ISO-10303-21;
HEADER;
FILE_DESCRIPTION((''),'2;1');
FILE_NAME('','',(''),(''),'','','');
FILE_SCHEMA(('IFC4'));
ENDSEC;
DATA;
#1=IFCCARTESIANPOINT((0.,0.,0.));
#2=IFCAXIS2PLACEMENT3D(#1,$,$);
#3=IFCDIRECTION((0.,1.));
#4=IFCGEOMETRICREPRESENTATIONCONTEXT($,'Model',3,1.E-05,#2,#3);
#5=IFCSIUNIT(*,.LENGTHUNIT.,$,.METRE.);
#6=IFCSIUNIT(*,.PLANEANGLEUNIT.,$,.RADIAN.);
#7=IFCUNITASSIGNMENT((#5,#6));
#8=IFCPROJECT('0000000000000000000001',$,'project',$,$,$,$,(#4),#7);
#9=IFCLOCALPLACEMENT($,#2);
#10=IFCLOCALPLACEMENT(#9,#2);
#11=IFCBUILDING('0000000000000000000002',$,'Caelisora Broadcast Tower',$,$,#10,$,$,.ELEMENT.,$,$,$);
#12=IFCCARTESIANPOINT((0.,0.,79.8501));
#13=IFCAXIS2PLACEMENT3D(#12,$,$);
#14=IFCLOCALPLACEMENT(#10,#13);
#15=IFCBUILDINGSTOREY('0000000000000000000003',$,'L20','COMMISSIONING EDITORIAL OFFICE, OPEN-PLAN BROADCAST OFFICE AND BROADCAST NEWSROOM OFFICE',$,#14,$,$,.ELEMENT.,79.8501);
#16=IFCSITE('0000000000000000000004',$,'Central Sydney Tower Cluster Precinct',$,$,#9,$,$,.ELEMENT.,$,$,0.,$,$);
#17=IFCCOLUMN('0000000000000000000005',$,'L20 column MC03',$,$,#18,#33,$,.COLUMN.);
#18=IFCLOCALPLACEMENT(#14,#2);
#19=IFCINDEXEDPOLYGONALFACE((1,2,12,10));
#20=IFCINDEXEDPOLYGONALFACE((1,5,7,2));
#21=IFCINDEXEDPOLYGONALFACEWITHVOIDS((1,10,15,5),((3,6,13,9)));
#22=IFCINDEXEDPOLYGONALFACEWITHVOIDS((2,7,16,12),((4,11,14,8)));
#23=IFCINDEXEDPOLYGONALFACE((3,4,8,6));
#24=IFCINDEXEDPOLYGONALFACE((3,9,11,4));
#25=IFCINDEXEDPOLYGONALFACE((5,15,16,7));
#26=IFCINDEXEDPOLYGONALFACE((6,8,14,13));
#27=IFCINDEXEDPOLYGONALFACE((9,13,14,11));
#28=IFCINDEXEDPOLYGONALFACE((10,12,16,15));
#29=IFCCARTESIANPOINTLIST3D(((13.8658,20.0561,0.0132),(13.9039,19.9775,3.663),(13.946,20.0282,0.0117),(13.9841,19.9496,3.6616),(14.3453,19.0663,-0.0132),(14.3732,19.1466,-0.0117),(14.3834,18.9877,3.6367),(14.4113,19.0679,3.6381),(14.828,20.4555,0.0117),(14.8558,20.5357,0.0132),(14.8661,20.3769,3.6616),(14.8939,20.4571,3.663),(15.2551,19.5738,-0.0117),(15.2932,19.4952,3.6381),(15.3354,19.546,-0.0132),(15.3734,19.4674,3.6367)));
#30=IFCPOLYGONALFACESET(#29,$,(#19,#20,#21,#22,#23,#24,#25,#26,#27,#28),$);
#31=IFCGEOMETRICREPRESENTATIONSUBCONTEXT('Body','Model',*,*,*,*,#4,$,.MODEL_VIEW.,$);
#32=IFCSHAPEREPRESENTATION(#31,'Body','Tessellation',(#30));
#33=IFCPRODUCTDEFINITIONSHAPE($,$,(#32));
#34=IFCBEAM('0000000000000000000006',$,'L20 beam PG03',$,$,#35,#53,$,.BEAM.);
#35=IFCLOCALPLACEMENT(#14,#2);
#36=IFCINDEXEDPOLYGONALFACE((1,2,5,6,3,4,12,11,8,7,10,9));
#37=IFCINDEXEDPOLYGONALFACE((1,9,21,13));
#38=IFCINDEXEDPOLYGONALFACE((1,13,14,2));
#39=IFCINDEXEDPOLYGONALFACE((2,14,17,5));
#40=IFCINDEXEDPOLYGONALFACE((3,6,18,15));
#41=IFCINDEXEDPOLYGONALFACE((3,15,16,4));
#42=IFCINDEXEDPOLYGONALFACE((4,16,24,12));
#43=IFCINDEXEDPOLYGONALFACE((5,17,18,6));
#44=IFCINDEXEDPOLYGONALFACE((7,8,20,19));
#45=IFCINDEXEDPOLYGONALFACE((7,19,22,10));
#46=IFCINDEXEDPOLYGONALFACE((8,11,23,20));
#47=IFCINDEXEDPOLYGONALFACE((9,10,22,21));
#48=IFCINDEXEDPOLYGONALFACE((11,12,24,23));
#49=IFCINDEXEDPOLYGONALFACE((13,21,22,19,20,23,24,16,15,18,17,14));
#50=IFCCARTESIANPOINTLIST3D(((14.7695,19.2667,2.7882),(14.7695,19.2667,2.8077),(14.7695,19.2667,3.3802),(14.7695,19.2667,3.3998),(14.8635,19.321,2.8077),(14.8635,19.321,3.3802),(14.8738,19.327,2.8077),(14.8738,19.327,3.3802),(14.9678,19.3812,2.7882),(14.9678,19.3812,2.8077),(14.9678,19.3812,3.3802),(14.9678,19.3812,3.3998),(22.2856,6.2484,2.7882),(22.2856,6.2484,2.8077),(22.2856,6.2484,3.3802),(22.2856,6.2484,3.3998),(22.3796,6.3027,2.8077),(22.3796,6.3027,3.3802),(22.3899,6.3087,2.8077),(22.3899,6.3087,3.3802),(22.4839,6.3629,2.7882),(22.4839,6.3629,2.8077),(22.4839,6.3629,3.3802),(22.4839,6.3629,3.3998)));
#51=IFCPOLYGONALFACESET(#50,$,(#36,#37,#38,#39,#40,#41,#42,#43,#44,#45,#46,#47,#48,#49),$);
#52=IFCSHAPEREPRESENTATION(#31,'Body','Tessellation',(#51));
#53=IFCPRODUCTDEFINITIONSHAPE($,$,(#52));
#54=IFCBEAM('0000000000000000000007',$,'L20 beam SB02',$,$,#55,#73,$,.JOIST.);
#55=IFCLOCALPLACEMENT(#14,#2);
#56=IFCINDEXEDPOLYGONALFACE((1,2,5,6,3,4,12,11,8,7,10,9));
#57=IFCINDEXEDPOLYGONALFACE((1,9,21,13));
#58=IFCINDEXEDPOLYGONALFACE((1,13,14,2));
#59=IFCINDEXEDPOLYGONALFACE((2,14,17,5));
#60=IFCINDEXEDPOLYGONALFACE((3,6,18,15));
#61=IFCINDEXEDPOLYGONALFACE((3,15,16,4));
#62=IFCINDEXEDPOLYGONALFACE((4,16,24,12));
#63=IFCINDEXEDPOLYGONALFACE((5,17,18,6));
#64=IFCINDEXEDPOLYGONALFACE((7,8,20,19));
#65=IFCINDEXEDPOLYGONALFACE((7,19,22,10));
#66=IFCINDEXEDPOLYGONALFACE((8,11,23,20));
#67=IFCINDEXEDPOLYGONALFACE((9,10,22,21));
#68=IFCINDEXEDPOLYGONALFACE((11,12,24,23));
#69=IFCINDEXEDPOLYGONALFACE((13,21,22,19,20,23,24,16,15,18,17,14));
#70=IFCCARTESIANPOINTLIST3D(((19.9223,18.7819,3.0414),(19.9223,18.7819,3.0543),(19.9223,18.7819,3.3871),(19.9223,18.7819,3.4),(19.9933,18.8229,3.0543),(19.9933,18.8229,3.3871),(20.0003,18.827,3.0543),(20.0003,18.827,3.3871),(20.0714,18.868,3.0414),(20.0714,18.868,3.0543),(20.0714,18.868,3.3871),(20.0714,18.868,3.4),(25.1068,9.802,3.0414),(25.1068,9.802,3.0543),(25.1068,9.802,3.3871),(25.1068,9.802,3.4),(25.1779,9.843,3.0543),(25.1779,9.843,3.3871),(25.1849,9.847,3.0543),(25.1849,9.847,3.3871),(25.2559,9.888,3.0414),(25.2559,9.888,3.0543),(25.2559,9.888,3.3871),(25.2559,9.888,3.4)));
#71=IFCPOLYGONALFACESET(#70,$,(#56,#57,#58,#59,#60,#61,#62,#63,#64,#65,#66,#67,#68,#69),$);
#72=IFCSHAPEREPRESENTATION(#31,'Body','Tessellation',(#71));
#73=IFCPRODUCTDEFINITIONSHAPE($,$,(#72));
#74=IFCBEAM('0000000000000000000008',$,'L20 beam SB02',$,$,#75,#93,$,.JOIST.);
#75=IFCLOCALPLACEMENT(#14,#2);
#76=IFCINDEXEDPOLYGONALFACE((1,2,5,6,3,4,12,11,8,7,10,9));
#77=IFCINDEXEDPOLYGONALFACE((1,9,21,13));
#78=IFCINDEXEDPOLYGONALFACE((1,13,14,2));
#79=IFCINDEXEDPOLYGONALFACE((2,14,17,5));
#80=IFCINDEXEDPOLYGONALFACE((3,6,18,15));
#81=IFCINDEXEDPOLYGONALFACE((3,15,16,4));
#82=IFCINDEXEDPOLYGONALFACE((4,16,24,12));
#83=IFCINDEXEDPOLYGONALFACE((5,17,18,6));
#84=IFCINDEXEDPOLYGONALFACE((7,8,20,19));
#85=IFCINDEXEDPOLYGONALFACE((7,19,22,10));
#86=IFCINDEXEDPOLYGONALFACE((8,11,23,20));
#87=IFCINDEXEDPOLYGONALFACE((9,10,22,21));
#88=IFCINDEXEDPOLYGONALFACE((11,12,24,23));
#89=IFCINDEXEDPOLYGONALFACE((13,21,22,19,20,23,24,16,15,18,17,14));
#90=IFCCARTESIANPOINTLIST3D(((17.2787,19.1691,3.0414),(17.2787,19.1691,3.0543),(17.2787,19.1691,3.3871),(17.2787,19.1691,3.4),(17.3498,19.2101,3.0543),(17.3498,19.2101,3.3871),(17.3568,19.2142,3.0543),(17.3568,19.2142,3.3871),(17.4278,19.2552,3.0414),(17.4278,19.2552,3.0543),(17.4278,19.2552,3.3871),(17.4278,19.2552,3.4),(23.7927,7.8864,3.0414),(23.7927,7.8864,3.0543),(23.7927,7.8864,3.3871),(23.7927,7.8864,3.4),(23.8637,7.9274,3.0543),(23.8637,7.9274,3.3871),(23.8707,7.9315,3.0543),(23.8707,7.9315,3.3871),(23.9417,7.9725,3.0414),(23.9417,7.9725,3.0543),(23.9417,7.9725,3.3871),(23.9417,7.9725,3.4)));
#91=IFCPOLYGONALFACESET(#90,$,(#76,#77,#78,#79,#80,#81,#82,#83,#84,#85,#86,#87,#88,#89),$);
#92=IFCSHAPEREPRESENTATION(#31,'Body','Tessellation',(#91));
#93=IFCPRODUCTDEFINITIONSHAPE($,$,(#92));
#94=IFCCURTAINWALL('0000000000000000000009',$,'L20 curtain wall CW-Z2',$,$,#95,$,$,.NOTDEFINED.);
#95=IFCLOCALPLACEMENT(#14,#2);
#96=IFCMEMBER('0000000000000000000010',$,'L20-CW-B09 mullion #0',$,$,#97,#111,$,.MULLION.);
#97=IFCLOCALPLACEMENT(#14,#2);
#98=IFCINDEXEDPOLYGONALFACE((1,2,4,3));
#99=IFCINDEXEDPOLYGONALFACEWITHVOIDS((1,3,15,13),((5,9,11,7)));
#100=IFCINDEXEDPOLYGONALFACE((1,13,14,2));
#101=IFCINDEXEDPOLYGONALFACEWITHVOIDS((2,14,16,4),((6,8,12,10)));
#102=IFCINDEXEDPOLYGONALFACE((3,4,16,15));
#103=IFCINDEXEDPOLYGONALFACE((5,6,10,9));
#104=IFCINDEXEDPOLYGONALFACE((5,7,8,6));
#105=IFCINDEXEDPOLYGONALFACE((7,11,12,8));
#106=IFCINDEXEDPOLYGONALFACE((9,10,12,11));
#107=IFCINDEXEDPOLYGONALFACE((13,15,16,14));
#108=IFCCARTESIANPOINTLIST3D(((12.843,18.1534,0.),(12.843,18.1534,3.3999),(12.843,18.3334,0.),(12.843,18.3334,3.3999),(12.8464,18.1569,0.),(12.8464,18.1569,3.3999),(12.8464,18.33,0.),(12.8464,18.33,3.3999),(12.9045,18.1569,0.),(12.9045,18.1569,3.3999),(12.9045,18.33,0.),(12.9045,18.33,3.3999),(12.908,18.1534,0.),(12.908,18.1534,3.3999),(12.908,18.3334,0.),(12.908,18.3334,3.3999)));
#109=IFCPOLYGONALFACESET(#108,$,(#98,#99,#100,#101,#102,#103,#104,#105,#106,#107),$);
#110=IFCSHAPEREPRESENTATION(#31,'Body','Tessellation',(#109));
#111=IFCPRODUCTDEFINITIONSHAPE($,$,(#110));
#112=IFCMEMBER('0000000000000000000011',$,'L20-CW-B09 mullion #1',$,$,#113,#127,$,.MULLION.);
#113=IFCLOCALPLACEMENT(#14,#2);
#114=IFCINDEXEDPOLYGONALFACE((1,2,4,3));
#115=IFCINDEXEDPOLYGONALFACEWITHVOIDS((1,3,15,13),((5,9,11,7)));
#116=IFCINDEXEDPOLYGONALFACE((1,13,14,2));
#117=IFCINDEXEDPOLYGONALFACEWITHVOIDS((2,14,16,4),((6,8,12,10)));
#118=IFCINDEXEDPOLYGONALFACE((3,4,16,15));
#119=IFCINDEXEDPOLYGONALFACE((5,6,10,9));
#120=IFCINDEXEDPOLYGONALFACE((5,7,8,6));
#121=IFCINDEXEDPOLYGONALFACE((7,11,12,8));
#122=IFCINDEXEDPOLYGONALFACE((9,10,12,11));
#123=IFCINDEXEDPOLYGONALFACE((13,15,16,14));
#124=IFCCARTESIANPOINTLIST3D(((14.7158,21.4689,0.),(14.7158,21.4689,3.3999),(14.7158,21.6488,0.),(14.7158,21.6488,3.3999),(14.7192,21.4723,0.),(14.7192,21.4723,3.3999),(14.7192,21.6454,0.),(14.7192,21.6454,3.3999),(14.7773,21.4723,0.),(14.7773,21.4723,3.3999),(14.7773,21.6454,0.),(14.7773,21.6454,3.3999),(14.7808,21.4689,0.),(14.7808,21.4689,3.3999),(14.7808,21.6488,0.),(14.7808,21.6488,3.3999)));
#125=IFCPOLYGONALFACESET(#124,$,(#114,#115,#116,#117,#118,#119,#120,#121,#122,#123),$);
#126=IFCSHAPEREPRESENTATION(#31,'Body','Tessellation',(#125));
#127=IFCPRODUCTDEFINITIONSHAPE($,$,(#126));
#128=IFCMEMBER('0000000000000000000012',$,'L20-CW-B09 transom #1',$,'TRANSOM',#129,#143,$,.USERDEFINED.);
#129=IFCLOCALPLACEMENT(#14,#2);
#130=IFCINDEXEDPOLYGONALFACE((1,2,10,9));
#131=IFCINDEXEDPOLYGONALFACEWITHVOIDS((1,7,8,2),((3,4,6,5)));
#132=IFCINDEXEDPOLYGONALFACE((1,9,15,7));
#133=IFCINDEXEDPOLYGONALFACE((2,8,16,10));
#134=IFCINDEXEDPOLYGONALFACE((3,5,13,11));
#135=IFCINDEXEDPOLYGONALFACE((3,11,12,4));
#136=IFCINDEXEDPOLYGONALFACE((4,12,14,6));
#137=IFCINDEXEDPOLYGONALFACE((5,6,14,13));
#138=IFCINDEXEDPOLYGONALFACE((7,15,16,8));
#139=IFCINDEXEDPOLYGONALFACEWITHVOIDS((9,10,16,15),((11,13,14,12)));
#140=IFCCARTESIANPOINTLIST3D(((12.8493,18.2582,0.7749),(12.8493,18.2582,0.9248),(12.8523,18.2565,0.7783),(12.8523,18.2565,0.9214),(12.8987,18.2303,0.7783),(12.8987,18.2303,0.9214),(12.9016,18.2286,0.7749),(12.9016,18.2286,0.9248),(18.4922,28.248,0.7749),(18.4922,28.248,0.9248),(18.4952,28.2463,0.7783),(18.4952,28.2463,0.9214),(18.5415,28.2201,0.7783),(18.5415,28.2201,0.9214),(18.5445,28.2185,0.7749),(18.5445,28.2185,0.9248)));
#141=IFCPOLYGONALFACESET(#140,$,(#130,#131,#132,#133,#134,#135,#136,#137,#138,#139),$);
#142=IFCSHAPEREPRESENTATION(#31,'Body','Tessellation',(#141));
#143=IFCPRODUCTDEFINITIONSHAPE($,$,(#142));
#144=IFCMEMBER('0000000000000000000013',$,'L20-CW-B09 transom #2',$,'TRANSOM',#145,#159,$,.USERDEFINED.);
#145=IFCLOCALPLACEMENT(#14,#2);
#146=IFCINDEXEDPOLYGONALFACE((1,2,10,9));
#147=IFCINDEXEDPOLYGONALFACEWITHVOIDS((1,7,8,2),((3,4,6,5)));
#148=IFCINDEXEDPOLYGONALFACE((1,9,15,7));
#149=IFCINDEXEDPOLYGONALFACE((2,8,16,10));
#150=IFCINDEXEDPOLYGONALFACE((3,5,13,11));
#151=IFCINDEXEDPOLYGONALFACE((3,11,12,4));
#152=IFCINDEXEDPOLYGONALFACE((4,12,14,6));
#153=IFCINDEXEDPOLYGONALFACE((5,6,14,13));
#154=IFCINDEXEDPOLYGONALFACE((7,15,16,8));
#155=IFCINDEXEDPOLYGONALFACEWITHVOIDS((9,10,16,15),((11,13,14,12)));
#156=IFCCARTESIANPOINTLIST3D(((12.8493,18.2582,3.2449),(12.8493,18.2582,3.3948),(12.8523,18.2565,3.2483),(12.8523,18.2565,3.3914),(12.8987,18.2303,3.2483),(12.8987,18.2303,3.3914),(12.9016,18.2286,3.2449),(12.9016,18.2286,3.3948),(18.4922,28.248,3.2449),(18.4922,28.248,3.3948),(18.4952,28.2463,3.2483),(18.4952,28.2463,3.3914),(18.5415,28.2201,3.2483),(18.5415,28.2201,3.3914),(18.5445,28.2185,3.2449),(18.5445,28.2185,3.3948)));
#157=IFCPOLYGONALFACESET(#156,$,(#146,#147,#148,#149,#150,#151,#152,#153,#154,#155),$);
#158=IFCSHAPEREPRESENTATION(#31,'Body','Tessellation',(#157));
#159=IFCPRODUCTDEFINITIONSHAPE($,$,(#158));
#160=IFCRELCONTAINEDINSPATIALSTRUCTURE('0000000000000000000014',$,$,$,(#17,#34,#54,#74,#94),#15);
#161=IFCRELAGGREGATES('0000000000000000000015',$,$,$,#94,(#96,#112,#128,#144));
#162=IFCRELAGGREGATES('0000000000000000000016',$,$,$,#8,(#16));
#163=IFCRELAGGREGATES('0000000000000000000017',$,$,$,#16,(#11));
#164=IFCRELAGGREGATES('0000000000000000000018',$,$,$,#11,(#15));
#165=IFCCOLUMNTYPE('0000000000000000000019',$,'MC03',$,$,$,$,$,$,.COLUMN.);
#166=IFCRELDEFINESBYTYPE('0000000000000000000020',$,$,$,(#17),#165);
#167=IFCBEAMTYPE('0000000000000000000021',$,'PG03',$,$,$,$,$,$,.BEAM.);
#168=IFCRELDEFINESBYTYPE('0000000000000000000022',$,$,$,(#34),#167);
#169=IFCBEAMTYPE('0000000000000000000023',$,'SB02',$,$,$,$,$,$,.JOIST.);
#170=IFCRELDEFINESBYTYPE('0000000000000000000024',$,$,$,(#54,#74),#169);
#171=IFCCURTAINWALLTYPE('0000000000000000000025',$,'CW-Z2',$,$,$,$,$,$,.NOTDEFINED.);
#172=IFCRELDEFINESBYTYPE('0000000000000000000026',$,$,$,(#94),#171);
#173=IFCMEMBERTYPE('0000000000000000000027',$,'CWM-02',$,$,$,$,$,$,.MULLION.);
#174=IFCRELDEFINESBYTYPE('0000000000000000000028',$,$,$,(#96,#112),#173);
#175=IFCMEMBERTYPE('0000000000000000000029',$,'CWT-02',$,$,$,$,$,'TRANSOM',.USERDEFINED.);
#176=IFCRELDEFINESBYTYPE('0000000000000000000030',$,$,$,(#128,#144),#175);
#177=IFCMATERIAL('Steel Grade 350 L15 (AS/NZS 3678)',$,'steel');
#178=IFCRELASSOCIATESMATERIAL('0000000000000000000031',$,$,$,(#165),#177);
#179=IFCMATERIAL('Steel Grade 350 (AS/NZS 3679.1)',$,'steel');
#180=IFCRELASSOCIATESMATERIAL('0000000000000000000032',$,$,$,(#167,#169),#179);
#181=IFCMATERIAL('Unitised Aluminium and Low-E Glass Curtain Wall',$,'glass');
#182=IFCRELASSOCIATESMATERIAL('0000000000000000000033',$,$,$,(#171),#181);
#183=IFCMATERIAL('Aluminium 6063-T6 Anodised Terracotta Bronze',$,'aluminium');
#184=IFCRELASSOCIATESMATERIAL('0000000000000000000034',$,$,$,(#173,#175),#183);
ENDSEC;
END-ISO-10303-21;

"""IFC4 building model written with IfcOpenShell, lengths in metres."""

from ifc_helpers import new_model, si_unit, direction, frame, origin, origin_2d, place, context, subcontext, project, spatial, hollow_rectangle, i_section, extrude, source, transform, mapped, material, material_profile, profile_set, type_object, type_shapes, element, aggregate, save


model = new_model("IFC4")

# Units and contexts
model_context = context("Model", 3, precision=1e-05, world=origin(), true_north=direction((0.0, 1.0)))
body_context = subcontext(model_context, "Body", "Model", "MODEL_VIEW")
ifc_project = project(units=[si_unit("LENGTHUNIT", "METRE"), si_unit("PLANEANGLEUNIT", "RADIAN")], contexts=[model_context])

# Site, building, storey
site_placement = place(None, origin())
site = spatial("IfcSite", under=ifc_project, at=site_placement, Name="Central Sydney Tower Cluster Precinct", CompositionType="ELEMENT", RefElevation=0.0)
building_placement = place(site_placement, origin())
building = spatial("IfcBuilding", under=site, at=building_placement, Name="Caelisora Broadcast Tower", CompositionType="ELEMENT")
storey_placement = place(building_placement, frame((0.0, 0.0, 79.8501)))
storey = spatial("IfcBuildingStorey", under=building, at=storey_placement, Name="L20", Description="COMMISSIONING EDITORIAL OFFICE, OPEN-PLAN BROADCAST OFFICE AND BROADCAST NEWSROOM OFFICE", CompositionType="ELEMENT", Elevation=79.8501)

# Column
ifc_material_1 = material(Name="Steel Grade 350 L15 (AS/NZS 3678)", Category="steel")
ifc_material_profile_1 = material_profile(ifc_material_1, hollow_rectangle(XDim=1.1001, YDim=1.1001, WallThickness=0.0601, at=origin_2d()), Name="Steel Grade 350 L15 (AS/NZS 3678)")
ifc_profile_set_1 = profile_set([ifc_material_profile_1], Name="Steel Grade 350 L15 (AS/NZS 3678)")
column_type = type_object("IfcColumnType", Name="MC03", PredefinedType="COLUMN", material=ifc_profile_set_1)
shared_shape_1 = source(origin(), body_context, "Body", "SweptSolid", [
    extrude(hollow_rectangle(XDim=1.1001, YDim=1.1001, WallThickness=0.0601, at=origin_2d()), origin(), (0.0, 0.0, 1.0), 3.6509),
])
type_shapes(column_type, [shared_shape_1])
column_placement = place(storey_placement, frame((14.6006, 19.801, 0.0), z_axis=(0.010432, -0.021532, 0.999714), x_axis=(0.899947, 0.435999, 0.0)))
element("IfcColumn", 1, at=column_placement, inside=storey, type_object=column_type, Name="L20 column MC03", PredefinedType="COLUMN", context=body_context, shape_type="MappedRepresentation", body=[
    mapped(shared_shape_1, transform((0.0, 0.0, 0.0), scale=1.0)),
])

# Beams
ifc_material_2 = material(Name="Steel Grade 350 (AS/NZS 3679.1)", Category="steel")
ifc_material_profile_2 = material_profile(ifc_material_2, i_section(OverallWidth=0.229, OverallDepth=0.6116, WebThickness=0.012, FlangeThickness=0.0195, at=origin_2d()), Name="Steel Grade 350 (AS/NZS 3679.1)")
ifc_profile_set_2 = profile_set([ifc_material_profile_2], Name="Steel Grade 350 (AS/NZS 3679.1)")
beam_type_1 = type_object("IfcBeamType", Name="PG03", PredefinedType="BEAM", material=ifc_profile_set_2)
shared_shape_2 = source(origin(), body_context, "Body", "SweptSolid", [
    extrude(i_section(OverallWidth=0.229, OverallDepth=0.6116, WebThickness=0.012, FlangeThickness=0.0195, at=origin_2d()), origin(), (0.0, 0.0, 1.0), 15.0322),
])
type_shapes(beam_type_1, [shared_shape_2])
beam_1_placement = place(storey_placement, frame((14.8687, 19.324, 3.094), z_axis=(0.499999, -0.866026, 0.0), x_axis=(0.866026, 0.499999, 0.0)))
element("IfcBeam", 2, at=beam_1_placement, inside=storey, type_object=beam_type_1, Name="L20 beam PG03", PredefinedType="BEAM", context=body_context, shape_type="MappedRepresentation", body=[
    mapped(shared_shape_2, transform((0.0, 0.0, 0.0), scale=1.0)),
])
ifc_material_profile_3 = material_profile(ifc_material_2, i_section(OverallWidth=0.1721, OverallDepth=0.3586, WebThickness=0.0081, FlangeThickness=0.0129, at=origin_2d()), Name="Steel Grade 350 (AS/NZS 3679.1)")
ifc_profile_set_3 = profile_set([ifc_material_profile_3], Name="Steel Grade 350 (AS/NZS 3679.1)")
beam_type_2 = type_object("IfcBeamType", Name="SB02", PredefinedType="JOIST", material=ifc_profile_set_3)
shared_shape_3 = source(origin(), body_context, "Body", "SweptSolid", [
    extrude(i_section(OverallWidth=0.1721, OverallDepth=0.3586, WebThickness=0.0081, FlangeThickness=0.0129, at=origin_2d()), origin(), (0.0, 0.0, 1.0), 10.3691),
])
beam_2_placement = place(storey_placement, frame((19.9968, 18.825, 3.2207), z_axis=(0.499998, -0.866026, 0.0), x_axis=(0.866026, 0.499998, 0.0)))
element("IfcBeam", 3, at=beam_2_placement, inside=storey, type_object=beam_type_2, Name="L20 beam SB02", PredefinedType="JOIST", context=body_context, shape_type="MappedRepresentation", body=[
    mapped(shared_shape_3, transform((0.0, 0.0, 0.0), scale=1.0)),
])
shared_shape_4 = source(origin(), body_context, "Body", "SweptSolid", [
    extrude(i_section(OverallWidth=0.1721, OverallDepth=0.3586, WebThickness=0.0081, FlangeThickness=0.0129, at=origin_2d()), origin(), (0.0, 0.0, 1.0), 13.0281),
])
type_shapes(beam_type_2, [shared_shape_3, shared_shape_4])
beam_3_placement = place(storey_placement, frame((17.3533, 19.2122, 3.2207), z_axis=(0.499991, -0.866031, 0.0), x_axis=(0.866031, 0.499991, 0.0)))
element("IfcBeam", 4, at=beam_3_placement, inside=storey, type_object=beam_type_2, Name="L20 beam SB02", PredefinedType="JOIST", context=body_context, shape_type="MappedRepresentation", body=[
    mapped(shared_shape_4, transform((0.0, 0.0, 0.0), scale=1.0)),
])

# Curtain wall, members
ifc_material_3 = material(Name="Unitised Aluminium and Low-E Glass Curtain Wall", Category="glass")
curtain_wall_type = type_object("IfcCurtainWallType", Name="CW-Z2", PredefinedType="NOTDEFINED", material=ifc_material_3)
curtain_wall_placement = place(storey_placement, origin())
curtain_wall = element("IfcCurtainWall", 5, at=curtain_wall_placement, inside=storey, type_object=curtain_wall_type, Name="L20 curtain wall CW-Z2", PredefinedType="NOTDEFINED")
ifc_material_4 = material(Name="Aluminium 6063-T6 Anodised Terracotta Bronze", Category="aluminium")
ifc_material_profile_4 = material_profile(ifc_material_4, hollow_rectangle(XDim=0.0649, YDim=0.1799, WallThickness=0.0034, at=origin_2d()), Name="Aluminium 6063-T6 Anodised Terracotta Bronze")
ifc_profile_set_4 = profile_set([ifc_material_profile_4], Name="Aluminium 6063-T6 Anodised Terracotta Bronze")
member_type_1 = type_object("IfcMemberType", Name="CWM-02", PredefinedType="MULLION", material=ifc_profile_set_4)
shared_shape_5 = source(origin(), body_context, "Body", "SweptSolid", [
    extrude(hollow_rectangle(XDim=0.0649, YDim=0.1799, WallThickness=0.0034, at=origin_2d()), origin(), (0.0, 0.0, 1.0), 3.3999),
])
type_shapes(member_type_1, [shared_shape_5])
member_1_placement = place(storey_placement, frame((12.8755, 18.2434, 0.0), z_axis=(0.0, 0.0, 1.0), x_axis=(1.0, 0.0, 0.0)))
member_1 = element("IfcMember", 6, at=member_1_placement, type_object=member_type_1, Name="L20-CW-B09 mullion #0", PredefinedType="MULLION", context=body_context, shape_type="MappedRepresentation", body=[
    mapped(shared_shape_5, transform((0.0, 0.0, 0.0), scale=1.0)),
])
member_2_placement = place(storey_placement, frame((14.7483, 21.5588, 0.0), z_axis=(0.0, 0.0, 1.0), x_axis=(1.0, 0.0, 0.0)))
member_2 = element("IfcMember", 7, at=member_2_placement, type_object=member_type_1, Name="L20-CW-B09 mullion #1", PredefinedType="MULLION", context=body_context, shape_type="MappedRepresentation", body=[
    mapped(shared_shape_5, transform((0.0, 0.0, 0.0), scale=1.0)),
])
ifc_material_profile_5 = material_profile(ifc_material_4, hollow_rectangle(XDim=0.0601, YDim=0.1499, WallThickness=0.0034, at=origin_2d()), Name="Aluminium 6063-T6 Anodised Terracotta Bronze")
ifc_profile_set_5 = profile_set([ifc_material_profile_5], Name="Aluminium 6063-T6 Anodised Terracotta Bronze")
member_type_2 = type_object("IfcMemberType", Name="CWT-02", ElementType="TRANSOM", PredefinedType="USERDEFINED", material=ifc_profile_set_5)
shared_shape_6 = source(origin(), body_context, "Body", "SweptSolid", [
    extrude(hollow_rectangle(XDim=0.0601, YDim=0.1499, WallThickness=0.0034, at=origin_2d()), origin(), (0.0, 0.0, 1.0), 11.4734),
])
type_shapes(member_type_2, [shared_shape_6])
member_3_placement = place(storey_placement, frame((12.8755, 18.2434, 0.8499), z_axis=(0.491822, 0.870696, 0.0), x_axis=(-0.870696, 0.491822, 0.0)))
member_3 = element("IfcMember", 8, at=member_3_placement, type_object=member_type_2, Name="L20-CW-B09 transom #1", ObjectType="TRANSOM", PredefinedType="USERDEFINED", context=body_context, shape_type="MappedRepresentation", body=[
    mapped(shared_shape_6, transform((0.0, 0.0, 0.0), scale=1.0)),
])
member_4_placement = place(storey_placement, frame((12.8755, 18.2434, 3.3198), z_axis=(0.491822, 0.870696, 0.0), x_axis=(-0.870696, 0.491822, 0.0)))
member_4 = element("IfcMember", 9, at=member_4_placement, type_object=member_type_2, Name="L20-CW-B09 transom #2", ObjectType="TRANSOM", PredefinedType="USERDEFINED", context=body_context, shape_type="MappedRepresentation", body=[
    mapped(shared_shape_6, transform((0.0, 0.0, 0.0), scale=1.0)),
])

aggregate(curtain_wall, [member_1, member_2, member_3, member_4])

save(model, "model.ifc")
